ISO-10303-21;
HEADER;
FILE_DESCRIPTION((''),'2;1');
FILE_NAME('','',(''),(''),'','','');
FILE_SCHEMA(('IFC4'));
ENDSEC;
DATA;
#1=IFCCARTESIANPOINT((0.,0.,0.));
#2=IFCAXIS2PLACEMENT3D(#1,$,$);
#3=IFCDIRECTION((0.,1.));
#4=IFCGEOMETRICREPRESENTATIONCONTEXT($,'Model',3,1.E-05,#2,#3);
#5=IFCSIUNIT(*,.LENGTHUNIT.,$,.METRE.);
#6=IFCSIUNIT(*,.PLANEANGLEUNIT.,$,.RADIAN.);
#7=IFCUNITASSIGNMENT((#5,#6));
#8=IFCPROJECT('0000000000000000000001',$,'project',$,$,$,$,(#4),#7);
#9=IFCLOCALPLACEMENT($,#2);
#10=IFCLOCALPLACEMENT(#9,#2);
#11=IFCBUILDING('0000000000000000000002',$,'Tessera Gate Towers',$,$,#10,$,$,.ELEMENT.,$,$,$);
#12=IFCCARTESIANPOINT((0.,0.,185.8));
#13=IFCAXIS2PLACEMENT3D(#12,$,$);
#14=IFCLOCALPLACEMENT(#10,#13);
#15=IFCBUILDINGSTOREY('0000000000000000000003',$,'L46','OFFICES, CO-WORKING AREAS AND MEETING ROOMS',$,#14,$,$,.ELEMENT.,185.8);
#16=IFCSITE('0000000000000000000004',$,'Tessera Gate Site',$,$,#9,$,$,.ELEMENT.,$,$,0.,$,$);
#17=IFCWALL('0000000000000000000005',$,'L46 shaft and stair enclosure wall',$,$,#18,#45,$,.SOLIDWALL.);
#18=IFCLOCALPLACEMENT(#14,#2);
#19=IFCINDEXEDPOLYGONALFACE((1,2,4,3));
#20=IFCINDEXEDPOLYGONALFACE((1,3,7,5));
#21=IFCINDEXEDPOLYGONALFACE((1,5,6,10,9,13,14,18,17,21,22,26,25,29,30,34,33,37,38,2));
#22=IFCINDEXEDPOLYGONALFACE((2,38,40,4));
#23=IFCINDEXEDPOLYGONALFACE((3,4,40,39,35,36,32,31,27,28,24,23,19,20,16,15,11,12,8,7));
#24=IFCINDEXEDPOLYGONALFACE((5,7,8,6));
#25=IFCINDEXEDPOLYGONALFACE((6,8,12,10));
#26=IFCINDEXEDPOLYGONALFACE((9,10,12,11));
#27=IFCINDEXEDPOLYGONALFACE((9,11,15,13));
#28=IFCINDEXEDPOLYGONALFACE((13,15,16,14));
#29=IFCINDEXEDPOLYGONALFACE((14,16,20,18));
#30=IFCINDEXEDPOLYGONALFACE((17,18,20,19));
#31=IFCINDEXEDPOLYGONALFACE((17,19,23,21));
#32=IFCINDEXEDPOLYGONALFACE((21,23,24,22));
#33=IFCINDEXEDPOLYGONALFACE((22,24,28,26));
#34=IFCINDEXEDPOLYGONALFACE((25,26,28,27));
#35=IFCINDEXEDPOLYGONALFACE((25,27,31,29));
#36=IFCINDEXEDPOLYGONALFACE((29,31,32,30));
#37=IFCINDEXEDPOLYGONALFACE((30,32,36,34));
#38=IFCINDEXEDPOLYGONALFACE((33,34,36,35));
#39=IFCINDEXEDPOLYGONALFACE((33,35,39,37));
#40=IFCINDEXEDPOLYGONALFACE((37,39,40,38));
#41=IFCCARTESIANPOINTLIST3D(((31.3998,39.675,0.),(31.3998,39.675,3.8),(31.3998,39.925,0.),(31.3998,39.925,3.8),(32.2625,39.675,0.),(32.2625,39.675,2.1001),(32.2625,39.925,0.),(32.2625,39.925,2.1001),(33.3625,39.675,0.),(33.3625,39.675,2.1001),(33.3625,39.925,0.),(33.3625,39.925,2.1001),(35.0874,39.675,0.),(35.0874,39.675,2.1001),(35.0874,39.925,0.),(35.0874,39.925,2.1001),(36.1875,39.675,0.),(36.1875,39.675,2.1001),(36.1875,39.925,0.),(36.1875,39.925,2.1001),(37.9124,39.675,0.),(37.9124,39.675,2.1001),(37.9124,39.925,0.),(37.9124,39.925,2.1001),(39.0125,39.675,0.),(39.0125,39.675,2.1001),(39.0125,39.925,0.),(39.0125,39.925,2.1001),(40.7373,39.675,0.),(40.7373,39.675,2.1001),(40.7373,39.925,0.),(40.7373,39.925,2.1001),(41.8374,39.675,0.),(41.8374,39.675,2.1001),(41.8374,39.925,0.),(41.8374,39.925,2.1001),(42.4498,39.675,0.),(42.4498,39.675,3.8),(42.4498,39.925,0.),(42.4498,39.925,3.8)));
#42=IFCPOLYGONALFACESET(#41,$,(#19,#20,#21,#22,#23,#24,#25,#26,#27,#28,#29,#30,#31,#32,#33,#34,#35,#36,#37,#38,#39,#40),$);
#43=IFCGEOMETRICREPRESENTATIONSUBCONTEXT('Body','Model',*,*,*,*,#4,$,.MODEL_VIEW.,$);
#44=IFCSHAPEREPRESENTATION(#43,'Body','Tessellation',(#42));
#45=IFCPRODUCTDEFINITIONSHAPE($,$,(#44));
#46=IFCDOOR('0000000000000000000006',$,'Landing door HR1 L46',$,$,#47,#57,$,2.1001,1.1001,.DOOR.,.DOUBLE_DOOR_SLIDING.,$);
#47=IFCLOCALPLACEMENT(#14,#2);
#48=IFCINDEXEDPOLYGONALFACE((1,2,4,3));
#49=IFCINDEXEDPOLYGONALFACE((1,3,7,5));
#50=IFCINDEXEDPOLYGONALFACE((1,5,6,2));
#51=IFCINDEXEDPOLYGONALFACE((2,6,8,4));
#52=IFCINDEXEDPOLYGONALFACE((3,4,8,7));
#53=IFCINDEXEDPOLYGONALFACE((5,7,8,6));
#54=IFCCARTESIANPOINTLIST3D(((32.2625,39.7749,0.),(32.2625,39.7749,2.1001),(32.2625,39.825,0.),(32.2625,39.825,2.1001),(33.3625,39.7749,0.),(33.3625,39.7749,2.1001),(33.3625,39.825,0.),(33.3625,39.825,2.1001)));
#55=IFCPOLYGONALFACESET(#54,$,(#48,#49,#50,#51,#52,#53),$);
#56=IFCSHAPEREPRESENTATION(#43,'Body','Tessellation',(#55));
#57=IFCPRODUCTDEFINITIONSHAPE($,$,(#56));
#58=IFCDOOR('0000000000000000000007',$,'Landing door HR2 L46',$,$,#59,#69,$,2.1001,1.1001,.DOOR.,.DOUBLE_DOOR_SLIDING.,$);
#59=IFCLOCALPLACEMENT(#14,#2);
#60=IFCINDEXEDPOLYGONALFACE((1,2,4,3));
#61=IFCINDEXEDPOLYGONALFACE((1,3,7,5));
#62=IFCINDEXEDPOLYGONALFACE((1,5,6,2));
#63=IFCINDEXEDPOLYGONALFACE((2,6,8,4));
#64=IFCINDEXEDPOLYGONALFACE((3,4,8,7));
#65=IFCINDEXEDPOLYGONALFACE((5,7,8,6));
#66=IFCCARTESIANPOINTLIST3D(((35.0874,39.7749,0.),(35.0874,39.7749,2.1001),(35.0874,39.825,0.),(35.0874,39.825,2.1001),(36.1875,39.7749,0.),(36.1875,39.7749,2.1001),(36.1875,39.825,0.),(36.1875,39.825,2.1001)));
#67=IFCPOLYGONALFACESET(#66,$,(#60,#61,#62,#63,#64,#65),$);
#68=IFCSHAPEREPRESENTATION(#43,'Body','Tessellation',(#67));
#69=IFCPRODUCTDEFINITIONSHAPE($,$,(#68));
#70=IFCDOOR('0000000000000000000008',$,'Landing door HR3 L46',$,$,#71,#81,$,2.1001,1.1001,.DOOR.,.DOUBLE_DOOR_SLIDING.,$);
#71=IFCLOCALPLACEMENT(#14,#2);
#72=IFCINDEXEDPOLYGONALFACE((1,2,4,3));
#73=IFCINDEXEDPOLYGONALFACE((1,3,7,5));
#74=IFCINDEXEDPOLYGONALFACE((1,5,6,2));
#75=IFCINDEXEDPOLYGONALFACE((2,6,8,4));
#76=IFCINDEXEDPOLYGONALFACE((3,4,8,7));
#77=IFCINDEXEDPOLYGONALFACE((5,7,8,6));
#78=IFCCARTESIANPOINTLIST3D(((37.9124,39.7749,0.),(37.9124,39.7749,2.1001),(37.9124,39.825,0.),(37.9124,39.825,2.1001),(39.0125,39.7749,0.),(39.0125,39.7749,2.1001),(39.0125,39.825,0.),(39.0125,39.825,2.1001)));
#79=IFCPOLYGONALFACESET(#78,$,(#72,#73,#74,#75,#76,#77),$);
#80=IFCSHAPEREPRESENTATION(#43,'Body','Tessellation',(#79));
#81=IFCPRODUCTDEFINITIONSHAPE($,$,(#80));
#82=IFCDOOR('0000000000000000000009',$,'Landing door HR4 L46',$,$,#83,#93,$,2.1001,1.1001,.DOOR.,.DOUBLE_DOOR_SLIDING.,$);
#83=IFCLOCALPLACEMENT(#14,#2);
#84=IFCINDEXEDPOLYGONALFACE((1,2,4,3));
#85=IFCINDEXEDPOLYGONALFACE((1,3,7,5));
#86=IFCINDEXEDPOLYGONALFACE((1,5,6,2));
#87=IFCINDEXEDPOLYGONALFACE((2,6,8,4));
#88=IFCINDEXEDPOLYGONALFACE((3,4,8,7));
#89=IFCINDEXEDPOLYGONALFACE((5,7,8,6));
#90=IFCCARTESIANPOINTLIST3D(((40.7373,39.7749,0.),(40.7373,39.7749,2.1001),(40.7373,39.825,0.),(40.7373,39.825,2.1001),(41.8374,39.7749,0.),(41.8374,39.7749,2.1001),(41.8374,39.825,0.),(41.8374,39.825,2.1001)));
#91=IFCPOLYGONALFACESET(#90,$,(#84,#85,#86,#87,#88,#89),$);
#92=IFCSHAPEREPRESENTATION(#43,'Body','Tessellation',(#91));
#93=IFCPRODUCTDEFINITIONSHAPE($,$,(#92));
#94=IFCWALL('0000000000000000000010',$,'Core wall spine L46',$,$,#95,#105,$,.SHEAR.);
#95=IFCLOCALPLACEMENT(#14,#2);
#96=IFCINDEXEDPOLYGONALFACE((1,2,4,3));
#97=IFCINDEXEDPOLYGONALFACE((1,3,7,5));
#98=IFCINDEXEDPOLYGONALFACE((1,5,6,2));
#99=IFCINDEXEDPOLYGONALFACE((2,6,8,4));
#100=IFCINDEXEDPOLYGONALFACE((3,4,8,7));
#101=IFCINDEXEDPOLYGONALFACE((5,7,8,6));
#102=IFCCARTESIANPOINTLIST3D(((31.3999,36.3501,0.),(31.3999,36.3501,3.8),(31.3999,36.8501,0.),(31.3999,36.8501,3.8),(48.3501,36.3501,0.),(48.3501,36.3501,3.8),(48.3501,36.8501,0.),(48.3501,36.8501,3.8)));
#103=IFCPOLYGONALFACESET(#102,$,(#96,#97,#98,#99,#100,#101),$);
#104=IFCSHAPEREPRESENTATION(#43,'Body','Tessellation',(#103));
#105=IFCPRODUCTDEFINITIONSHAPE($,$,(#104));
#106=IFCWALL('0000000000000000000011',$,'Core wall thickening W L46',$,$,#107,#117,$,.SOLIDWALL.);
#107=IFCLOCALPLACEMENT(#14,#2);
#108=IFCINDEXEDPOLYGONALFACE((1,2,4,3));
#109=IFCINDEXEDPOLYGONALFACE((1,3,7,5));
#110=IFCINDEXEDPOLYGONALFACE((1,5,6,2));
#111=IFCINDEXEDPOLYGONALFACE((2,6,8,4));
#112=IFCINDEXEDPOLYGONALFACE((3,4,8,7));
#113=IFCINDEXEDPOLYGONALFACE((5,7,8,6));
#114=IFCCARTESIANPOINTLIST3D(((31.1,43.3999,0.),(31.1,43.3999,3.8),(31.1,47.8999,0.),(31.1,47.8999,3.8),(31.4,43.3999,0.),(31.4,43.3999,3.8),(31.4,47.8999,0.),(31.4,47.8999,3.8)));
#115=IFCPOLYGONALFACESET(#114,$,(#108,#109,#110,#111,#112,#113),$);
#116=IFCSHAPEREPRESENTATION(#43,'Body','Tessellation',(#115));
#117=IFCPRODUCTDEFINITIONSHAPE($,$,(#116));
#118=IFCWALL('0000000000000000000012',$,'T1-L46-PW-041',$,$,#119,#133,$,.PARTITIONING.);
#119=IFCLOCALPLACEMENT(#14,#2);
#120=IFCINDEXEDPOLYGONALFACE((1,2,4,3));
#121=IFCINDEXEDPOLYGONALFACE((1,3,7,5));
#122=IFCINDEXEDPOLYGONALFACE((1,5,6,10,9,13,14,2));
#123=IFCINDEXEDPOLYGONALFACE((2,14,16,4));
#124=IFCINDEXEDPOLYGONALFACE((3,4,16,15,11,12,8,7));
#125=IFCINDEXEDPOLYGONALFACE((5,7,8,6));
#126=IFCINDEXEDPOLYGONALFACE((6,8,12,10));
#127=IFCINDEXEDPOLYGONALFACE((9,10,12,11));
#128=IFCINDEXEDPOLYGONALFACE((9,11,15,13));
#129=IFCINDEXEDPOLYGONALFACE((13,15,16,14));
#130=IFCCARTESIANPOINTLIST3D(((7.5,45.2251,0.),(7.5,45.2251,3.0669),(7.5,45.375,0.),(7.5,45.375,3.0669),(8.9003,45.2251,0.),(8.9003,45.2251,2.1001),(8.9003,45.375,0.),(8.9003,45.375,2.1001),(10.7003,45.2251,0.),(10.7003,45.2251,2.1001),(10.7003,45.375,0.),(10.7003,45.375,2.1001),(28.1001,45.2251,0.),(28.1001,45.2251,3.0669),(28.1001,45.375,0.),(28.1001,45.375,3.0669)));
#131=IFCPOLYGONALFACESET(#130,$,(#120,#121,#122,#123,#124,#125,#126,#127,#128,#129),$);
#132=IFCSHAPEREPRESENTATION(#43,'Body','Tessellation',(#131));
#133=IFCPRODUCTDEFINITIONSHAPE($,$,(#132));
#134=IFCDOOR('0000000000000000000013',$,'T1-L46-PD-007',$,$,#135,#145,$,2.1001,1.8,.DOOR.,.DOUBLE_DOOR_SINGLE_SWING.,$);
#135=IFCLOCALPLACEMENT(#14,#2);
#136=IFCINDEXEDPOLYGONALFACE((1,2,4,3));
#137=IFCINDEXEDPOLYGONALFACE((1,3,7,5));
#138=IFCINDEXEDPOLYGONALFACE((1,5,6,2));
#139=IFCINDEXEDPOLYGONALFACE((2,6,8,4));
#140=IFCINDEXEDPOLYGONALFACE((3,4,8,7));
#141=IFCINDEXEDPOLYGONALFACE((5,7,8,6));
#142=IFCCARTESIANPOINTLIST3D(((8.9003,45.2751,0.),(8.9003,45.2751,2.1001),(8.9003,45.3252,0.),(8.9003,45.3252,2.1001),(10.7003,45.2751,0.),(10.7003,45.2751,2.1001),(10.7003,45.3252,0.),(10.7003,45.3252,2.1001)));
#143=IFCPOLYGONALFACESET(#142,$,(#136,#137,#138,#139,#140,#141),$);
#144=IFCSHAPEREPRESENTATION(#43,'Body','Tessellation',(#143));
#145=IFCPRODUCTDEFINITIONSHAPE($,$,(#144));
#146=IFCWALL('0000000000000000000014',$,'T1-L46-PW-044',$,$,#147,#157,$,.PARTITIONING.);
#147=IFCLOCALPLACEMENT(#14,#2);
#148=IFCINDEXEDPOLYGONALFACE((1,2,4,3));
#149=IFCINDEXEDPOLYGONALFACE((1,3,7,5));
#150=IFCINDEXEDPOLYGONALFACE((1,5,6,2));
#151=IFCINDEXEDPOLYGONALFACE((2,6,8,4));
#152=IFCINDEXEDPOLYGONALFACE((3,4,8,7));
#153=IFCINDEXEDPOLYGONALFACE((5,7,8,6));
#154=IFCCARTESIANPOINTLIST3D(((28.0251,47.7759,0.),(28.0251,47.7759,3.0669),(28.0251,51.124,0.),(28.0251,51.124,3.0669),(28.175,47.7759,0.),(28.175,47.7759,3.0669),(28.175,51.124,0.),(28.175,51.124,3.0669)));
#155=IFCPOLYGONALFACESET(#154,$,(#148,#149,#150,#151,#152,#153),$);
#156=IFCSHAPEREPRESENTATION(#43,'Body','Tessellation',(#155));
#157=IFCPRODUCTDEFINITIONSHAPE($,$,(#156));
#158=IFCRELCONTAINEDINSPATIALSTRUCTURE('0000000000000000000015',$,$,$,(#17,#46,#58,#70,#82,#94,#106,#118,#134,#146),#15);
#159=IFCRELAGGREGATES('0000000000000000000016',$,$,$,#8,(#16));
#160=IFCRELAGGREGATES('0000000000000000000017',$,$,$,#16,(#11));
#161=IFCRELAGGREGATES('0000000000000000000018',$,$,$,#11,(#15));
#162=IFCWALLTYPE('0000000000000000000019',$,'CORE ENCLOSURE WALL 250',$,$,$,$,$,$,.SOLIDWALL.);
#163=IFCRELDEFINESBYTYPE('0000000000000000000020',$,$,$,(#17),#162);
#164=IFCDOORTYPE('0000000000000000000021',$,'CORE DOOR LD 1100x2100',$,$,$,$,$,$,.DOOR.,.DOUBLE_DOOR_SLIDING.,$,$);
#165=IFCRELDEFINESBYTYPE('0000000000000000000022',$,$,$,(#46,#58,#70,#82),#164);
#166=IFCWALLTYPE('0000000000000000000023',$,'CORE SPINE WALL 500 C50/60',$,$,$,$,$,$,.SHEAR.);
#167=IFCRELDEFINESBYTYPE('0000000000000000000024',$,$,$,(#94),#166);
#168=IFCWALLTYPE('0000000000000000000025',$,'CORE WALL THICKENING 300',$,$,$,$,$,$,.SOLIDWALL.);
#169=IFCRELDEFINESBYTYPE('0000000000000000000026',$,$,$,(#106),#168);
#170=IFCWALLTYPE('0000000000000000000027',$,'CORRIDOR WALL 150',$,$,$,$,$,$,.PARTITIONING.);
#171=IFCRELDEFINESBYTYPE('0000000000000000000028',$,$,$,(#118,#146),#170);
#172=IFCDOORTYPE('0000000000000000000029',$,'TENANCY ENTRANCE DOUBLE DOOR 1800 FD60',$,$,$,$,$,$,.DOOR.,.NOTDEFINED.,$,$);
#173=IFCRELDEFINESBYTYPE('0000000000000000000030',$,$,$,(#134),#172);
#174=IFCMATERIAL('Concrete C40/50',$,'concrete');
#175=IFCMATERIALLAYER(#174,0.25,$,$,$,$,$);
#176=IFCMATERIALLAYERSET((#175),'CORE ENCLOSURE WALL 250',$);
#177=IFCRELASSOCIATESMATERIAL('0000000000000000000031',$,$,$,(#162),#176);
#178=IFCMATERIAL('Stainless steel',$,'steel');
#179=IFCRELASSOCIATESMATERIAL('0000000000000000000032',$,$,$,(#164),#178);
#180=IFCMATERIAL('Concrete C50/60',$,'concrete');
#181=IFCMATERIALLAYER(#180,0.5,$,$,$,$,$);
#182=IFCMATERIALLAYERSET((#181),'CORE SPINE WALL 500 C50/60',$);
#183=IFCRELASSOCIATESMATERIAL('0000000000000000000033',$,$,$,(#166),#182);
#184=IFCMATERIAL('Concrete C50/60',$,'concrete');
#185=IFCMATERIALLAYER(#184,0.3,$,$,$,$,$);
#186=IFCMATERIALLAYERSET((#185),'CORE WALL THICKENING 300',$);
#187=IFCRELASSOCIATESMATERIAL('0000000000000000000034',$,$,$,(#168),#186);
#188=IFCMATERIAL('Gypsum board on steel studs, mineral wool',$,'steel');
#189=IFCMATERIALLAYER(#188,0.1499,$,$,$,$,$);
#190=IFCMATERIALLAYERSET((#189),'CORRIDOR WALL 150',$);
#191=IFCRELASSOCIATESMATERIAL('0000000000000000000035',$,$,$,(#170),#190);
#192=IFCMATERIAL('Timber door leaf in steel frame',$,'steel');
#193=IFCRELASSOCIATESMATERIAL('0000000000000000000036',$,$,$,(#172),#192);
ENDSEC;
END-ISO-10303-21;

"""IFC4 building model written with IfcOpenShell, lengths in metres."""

from ifc_helpers import new_model, si_unit, direction, frame, frame_2d, origin, place, context, subcontext, project, spatial, rectangle, extrude, source, transform, mapped, material, layer, layer_set, type_object, element, fill, save


model = new_model("IFC4")

# Units and contexts
model_context = context("Model", 3, precision=1e-05, world=origin(), true_north=direction((0.0, 1.0)))
body_context = subcontext(model_context, "Body", "Model", "MODEL_VIEW")
ifc_project = project(units=[si_unit("LENGTHUNIT", "METRE"), si_unit("PLANEANGLEUNIT", "RADIAN")], contexts=[model_context])

# Site, building, storey
site_placement = place(None, origin())
site = spatial("IfcSite", under=ifc_project, at=site_placement, Name="Tessera Gate Site", CompositionType="ELEMENT", RefElevation=0.0)
building_placement = place(site_placement, origin())
building = spatial("IfcBuilding", under=site, at=building_placement, Name="Tessera Gate Towers", CompositionType="ELEMENT")
storey_placement = place(building_placement, frame((0.0, 0.0, 185.8)))
storey = spatial("IfcBuildingStorey", under=building, at=storey_placement, Name="L46", Description="OFFICES, CO-WORKING AREAS AND MEETING ROOMS", CompositionType="ELEMENT", Elevation=185.8)

# Wall, openings, doors
ifc_material_1 = material(Name="Concrete C40/50", Category="concrete")
ifc_layer_1 = layer(ifc_material_1, 0.25)
ifc_layer_set_1 = layer_set([ifc_layer_1], Name="CORE ENCLOSURE WALL 250")
wall_type_1 = type_object("IfcWallType", Name="CORE ENCLOSURE WALL 250", PredefinedType="SOLIDWALL", material=ifc_layer_set_1)
wall_1_placement = place(storey_placement, frame((31.3999, 39.8, 0.0), z_axis=(0.0, 0.0, 1.0), x_axis=(1.0, 0.0, 0.0)))
wall_1 = element("IfcWall", 1, at=wall_1_placement, inside=storey, type_object=wall_type_1, Name="L46 shaft and stair enclosure wall", PredefinedType="SOLIDWALL", context=body_context, shape_type="SweptSolid", body=[
    extrude(rectangle(XDim=11.05, YDim=0.25, at=frame_2d((5.5249, 0.0))), origin(), (0.0, 0.0, 1.0), 3.8),
])
shared_shape_1 = source(origin(), body_context, "Body", "SweptSolid", [
    extrude(rectangle(XDim=1.1001, YDim=2.1001, at=frame_2d((0.55, 1.05))), frame((0.0, 0.135, 0.0), z_axis=(0.0, -1.0, 0.0), x_axis=(1.0, 0.0, 0.0)), (0.0, 0.0, 1.0), 0.27),
])
opening_1_placement = place(wall_1_placement, frame((0.8625, 0.0, 0.0)))
opening_1 = element("IfcOpeningElement", 2, at=opening_1_placement, cuts=wall_1, PredefinedType="OPENING", context=body_context, shape_type="MappedRepresentation", body=[
    mapped(shared_shape_1, transform((0.0, 0.0, 0.0), scale=1.0)),
])
opening_2_placement = place(wall_1_placement, frame((3.6875, 0.0, 0.0)))
opening_2 = element("IfcOpeningElement", 3, at=opening_2_placement, cuts=wall_1, PredefinedType="OPENING", context=body_context, shape_type="MappedRepresentation", body=[
    mapped(shared_shape_1, transform((0.0, 0.0, 0.0), scale=1.0)),
])
opening_3_placement = place(wall_1_placement, frame((6.5125, 0.0, 0.0)))
opening_3 = element("IfcOpeningElement", 4, at=opening_3_placement, cuts=wall_1, PredefinedType="OPENING", context=body_context, shape_type="MappedRepresentation", body=[
    mapped(shared_shape_1, transform((0.0, 0.0, 0.0), scale=1.0)),
])
opening_4_placement = place(wall_1_placement, frame((9.3374, 0.0, 0.0)))
opening_4 = element("IfcOpeningElement", 5, at=opening_4_placement, cuts=wall_1, PredefinedType="OPENING", context=body_context, shape_type="MappedRepresentation", body=[
    mapped(shared_shape_1, transform((0.0, 0.0, 0.0), scale=1.0)),
])
ifc_material_2 = material(Name="Stainless steel", Category="steel")
door_type_1 = type_object("IfcDoorType", Name="CORE DOOR LD 1100x2100", OperationType="DOUBLE_DOOR_SLIDING", PredefinedType="DOOR", material=ifc_material_2)
shared_shape_2 = source(origin(), body_context, "Body", "SweptSolid", [
    extrude(rectangle(XDim=1.1001, YDim=2.1001, at=frame_2d((0.55, 1.05))), frame((0.0, 0.0249, 0.0), z_axis=(0.0, -1.0, 0.0), x_axis=(1.0, 0.0, 0.0)), (0.0, 0.0, 1.0), 0.05),
])
door_1_placement = place(opening_1_placement, origin())
door_1 = element("IfcDoor", 6, at=door_1_placement, inside=storey, type_object=door_type_1, Name="Landing door HR1 L46", OperationType="DOUBLE_DOOR_SLIDING", OverallHeight=2.1001, OverallWidth=1.1001, PredefinedType="DOOR", context=body_context, shape_type="MappedRepresentation", body=[
    mapped(shared_shape_2, transform((0.0, 0.0, 0.0), scale=1.0)),
])
fill(opening_1, door_1)
door_2_placement = place(opening_2_placement, origin())
door_2 = element("IfcDoor", 7, at=door_2_placement, inside=storey, type_object=door_type_1, Name="Landing door HR2 L46", OperationType="DOUBLE_DOOR_SLIDING", OverallHeight=2.1001, OverallWidth=1.1001, PredefinedType="DOOR", context=body_context, shape_type="MappedRepresentation", body=[
    mapped(shared_shape_2, transform((0.0, 0.0, 0.0), scale=1.0)),
])
fill(opening_2, door_2)
door_3_placement = place(opening_3_placement, origin())
door_3 = element("IfcDoor", 8, at=door_3_placement, inside=storey, type_object=door_type_1, Name="Landing door HR3 L46", OperationType="DOUBLE_DOOR_SLIDING", OverallHeight=2.1001, OverallWidth=1.1001, PredefinedType="DOOR", context=body_context, shape_type="MappedRepresentation", body=[
    mapped(shared_shape_2, transform((0.0, 0.0, 0.0), scale=1.0)),
])
fill(opening_3, door_3)
door_4_placement = place(opening_4_placement, origin())
door_4 = element("IfcDoor", 9, at=door_4_placement, inside=storey, type_object=door_type_1, Name="Landing door HR4 L46", OperationType="DOUBLE_DOOR_SLIDING", OverallHeight=2.1001, OverallWidth=1.1001, PredefinedType="DOOR", context=body_context, shape_type="MappedRepresentation", body=[
    mapped(shared_shape_2, transform((0.0, 0.0, 0.0), scale=1.0)),
])
fill(opening_4, door_4)

# Walls
ifc_material_3 = material(Name="Concrete C50/60", Category="concrete")
ifc_layer_2 = layer(ifc_material_3, 0.5)
ifc_layer_set_2 = layer_set([ifc_layer_2], Name="CORE SPINE WALL 500 C50/60")
wall_type_2 = type_object("IfcWallType", Name="CORE SPINE WALL 500 C50/60", PredefinedType="SHEAR", material=ifc_layer_set_2)
wall_2_placement = place(storey_placement, frame((31.3999, 36.6001, 0.0), z_axis=(0.0, 0.0, 1.0), x_axis=(1.0, 0.0, 0.0)))
element("IfcWall", 10, at=wall_2_placement, inside=storey, type_object=wall_type_2, Name="Core wall spine L46", PredefinedType="SHEAR", context=body_context, shape_type="SweptSolid", body=[
    extrude(rectangle(XDim=16.9502, YDim=0.5, at=frame_2d((8.4751, 0.0))), origin(), (0.0, 0.0, 1.0), 3.8),
])
ifc_material_4 = material(Name="Concrete C50/60", Category="concrete")
ifc_layer_3 = layer(ifc_material_4, 0.3)
ifc_layer_set_3 = layer_set([ifc_layer_3], Name="CORE WALL THICKENING 300")
wall_type_3 = type_object("IfcWallType", Name="CORE WALL THICKENING 300", PredefinedType="SOLIDWALL", material=ifc_layer_set_3)
wall_3_placement = place(storey_placement, frame((31.25, 43.3999, 0.0), z_axis=(0.0, 0.0, 1.0), x_axis=(0.0, 1.0, 0.0)))
element("IfcWall", 11, at=wall_3_placement, inside=storey, type_object=wall_type_3, Name="Core wall thickening W L46", PredefinedType="SOLIDWALL", context=body_context, shape_type="SweptSolid", body=[
    extrude(rectangle(XDim=4.5, YDim=0.3, at=frame_2d((2.25, 0.0))), origin(), (0.0, 0.0, 1.0), 3.8),
])

# Wall, opening, door
ifc_material_5 = material(Name="Gypsum board on steel studs, mineral wool", Category="steel")
ifc_layer_4 = layer(ifc_material_5, 0.1499)
ifc_layer_set_4 = layer_set([ifc_layer_4], Name="CORRIDOR WALL 150")
wall_type_4 = type_object("IfcWallType", Name="CORRIDOR WALL 150", PredefinedType="PARTITIONING", material=ifc_layer_set_4)
wall_4_placement = place(storey_placement, frame((28.1001, 45.3, 0.0), z_axis=(0.0, 0.0, 1.0), x_axis=(-1.0, 0.0, 0.0)))
wall_4 = element("IfcWall", 12, at=wall_4_placement, inside=storey, type_object=wall_type_4, Name="T1-L46-PW-041", PredefinedType="PARTITIONING", context=body_context, shape_type="SweptSolid", body=[
    extrude(rectangle(XDim=20.6001, YDim=0.1499, at=frame_2d((10.3, 0.0))), origin(), (0.0, 0.0, 1.0), 3.0669),
])
shared_shape_3 = source(origin(), body_context, "Body", "SweptSolid", [
    extrude(rectangle(XDim=1.8, YDim=2.1001, at=frame_2d((0.8999, 1.05))), frame((0.0, 0.085, 0.0), z_axis=(0.0, -1.0, 0.0), x_axis=(1.0, 0.0, 0.0)), (0.0, 0.0, 1.0), 0.1699),
])
opening_5_placement = place(wall_4_placement, frame((17.3999, 0.0, 0.0)))
opening_5 = element("IfcOpeningElement", 13, at=opening_5_placement, cuts=wall_4, PredefinedType="OPENING", context=body_context, shape_type="MappedRepresentation", body=[
    mapped(shared_shape_3, transform((0.0, 0.0, 0.0), scale=1.0)),
])
ifc_material_6 = material(Name="Timber door leaf in steel frame", Category="steel")
door_type_2 = type_object("IfcDoorType", Name="TENANCY ENTRANCE DOUBLE DOOR 1800 FD60", OperationType="NOTDEFINED", PredefinedType="DOOR", material=ifc_material_6)
shared_shape_4 = source(origin(), body_context, "Body", "SweptSolid", [
    extrude(rectangle(XDim=1.8, YDim=2.1001, at=frame_2d((0.8999, 1.05))), frame((0.0, 0.0249, 0.0), z_axis=(0.0, -1.0, 0.0), x_axis=(1.0, 0.0, 0.0)), (0.0, 0.0, 1.0), 0.05),
])
door_5_placement = place(opening_5_placement, origin())
door_5 = element("IfcDoor", 14, at=door_5_placement, inside=storey, type_object=door_type_2, Name="T1-L46-PD-007", OperationType="DOUBLE_DOOR_SINGLE_SWING", OverallHeight=2.1001, OverallWidth=1.8, PredefinedType="DOOR", context=body_context, shape_type="MappedRepresentation", body=[
    mapped(shared_shape_4, transform((0.0, 0.0, 0.0), scale=1.0)),
])
fill(opening_5, door_5)

# Wall
wall_5_placement = place(storey_placement, frame((28.1001, 47.7759, 0.0), z_axis=(0.0, 0.0, 1.0), x_axis=(0.0, 1.0, 0.0)))
element("IfcWall", 15, at=wall_5_placement, inside=storey, type_object=wall_type_4, Name="T1-L46-PW-044", PredefinedType="PARTITIONING", context=body_context, shape_type="SweptSolid", body=[
    extrude(rectangle(XDim=3.3481, YDim=0.1499, at=frame_2d((1.6741, 0.0))), origin(), (0.0, 0.0, 1.0), 3.0669),
])

save(model, "model.ifc")
